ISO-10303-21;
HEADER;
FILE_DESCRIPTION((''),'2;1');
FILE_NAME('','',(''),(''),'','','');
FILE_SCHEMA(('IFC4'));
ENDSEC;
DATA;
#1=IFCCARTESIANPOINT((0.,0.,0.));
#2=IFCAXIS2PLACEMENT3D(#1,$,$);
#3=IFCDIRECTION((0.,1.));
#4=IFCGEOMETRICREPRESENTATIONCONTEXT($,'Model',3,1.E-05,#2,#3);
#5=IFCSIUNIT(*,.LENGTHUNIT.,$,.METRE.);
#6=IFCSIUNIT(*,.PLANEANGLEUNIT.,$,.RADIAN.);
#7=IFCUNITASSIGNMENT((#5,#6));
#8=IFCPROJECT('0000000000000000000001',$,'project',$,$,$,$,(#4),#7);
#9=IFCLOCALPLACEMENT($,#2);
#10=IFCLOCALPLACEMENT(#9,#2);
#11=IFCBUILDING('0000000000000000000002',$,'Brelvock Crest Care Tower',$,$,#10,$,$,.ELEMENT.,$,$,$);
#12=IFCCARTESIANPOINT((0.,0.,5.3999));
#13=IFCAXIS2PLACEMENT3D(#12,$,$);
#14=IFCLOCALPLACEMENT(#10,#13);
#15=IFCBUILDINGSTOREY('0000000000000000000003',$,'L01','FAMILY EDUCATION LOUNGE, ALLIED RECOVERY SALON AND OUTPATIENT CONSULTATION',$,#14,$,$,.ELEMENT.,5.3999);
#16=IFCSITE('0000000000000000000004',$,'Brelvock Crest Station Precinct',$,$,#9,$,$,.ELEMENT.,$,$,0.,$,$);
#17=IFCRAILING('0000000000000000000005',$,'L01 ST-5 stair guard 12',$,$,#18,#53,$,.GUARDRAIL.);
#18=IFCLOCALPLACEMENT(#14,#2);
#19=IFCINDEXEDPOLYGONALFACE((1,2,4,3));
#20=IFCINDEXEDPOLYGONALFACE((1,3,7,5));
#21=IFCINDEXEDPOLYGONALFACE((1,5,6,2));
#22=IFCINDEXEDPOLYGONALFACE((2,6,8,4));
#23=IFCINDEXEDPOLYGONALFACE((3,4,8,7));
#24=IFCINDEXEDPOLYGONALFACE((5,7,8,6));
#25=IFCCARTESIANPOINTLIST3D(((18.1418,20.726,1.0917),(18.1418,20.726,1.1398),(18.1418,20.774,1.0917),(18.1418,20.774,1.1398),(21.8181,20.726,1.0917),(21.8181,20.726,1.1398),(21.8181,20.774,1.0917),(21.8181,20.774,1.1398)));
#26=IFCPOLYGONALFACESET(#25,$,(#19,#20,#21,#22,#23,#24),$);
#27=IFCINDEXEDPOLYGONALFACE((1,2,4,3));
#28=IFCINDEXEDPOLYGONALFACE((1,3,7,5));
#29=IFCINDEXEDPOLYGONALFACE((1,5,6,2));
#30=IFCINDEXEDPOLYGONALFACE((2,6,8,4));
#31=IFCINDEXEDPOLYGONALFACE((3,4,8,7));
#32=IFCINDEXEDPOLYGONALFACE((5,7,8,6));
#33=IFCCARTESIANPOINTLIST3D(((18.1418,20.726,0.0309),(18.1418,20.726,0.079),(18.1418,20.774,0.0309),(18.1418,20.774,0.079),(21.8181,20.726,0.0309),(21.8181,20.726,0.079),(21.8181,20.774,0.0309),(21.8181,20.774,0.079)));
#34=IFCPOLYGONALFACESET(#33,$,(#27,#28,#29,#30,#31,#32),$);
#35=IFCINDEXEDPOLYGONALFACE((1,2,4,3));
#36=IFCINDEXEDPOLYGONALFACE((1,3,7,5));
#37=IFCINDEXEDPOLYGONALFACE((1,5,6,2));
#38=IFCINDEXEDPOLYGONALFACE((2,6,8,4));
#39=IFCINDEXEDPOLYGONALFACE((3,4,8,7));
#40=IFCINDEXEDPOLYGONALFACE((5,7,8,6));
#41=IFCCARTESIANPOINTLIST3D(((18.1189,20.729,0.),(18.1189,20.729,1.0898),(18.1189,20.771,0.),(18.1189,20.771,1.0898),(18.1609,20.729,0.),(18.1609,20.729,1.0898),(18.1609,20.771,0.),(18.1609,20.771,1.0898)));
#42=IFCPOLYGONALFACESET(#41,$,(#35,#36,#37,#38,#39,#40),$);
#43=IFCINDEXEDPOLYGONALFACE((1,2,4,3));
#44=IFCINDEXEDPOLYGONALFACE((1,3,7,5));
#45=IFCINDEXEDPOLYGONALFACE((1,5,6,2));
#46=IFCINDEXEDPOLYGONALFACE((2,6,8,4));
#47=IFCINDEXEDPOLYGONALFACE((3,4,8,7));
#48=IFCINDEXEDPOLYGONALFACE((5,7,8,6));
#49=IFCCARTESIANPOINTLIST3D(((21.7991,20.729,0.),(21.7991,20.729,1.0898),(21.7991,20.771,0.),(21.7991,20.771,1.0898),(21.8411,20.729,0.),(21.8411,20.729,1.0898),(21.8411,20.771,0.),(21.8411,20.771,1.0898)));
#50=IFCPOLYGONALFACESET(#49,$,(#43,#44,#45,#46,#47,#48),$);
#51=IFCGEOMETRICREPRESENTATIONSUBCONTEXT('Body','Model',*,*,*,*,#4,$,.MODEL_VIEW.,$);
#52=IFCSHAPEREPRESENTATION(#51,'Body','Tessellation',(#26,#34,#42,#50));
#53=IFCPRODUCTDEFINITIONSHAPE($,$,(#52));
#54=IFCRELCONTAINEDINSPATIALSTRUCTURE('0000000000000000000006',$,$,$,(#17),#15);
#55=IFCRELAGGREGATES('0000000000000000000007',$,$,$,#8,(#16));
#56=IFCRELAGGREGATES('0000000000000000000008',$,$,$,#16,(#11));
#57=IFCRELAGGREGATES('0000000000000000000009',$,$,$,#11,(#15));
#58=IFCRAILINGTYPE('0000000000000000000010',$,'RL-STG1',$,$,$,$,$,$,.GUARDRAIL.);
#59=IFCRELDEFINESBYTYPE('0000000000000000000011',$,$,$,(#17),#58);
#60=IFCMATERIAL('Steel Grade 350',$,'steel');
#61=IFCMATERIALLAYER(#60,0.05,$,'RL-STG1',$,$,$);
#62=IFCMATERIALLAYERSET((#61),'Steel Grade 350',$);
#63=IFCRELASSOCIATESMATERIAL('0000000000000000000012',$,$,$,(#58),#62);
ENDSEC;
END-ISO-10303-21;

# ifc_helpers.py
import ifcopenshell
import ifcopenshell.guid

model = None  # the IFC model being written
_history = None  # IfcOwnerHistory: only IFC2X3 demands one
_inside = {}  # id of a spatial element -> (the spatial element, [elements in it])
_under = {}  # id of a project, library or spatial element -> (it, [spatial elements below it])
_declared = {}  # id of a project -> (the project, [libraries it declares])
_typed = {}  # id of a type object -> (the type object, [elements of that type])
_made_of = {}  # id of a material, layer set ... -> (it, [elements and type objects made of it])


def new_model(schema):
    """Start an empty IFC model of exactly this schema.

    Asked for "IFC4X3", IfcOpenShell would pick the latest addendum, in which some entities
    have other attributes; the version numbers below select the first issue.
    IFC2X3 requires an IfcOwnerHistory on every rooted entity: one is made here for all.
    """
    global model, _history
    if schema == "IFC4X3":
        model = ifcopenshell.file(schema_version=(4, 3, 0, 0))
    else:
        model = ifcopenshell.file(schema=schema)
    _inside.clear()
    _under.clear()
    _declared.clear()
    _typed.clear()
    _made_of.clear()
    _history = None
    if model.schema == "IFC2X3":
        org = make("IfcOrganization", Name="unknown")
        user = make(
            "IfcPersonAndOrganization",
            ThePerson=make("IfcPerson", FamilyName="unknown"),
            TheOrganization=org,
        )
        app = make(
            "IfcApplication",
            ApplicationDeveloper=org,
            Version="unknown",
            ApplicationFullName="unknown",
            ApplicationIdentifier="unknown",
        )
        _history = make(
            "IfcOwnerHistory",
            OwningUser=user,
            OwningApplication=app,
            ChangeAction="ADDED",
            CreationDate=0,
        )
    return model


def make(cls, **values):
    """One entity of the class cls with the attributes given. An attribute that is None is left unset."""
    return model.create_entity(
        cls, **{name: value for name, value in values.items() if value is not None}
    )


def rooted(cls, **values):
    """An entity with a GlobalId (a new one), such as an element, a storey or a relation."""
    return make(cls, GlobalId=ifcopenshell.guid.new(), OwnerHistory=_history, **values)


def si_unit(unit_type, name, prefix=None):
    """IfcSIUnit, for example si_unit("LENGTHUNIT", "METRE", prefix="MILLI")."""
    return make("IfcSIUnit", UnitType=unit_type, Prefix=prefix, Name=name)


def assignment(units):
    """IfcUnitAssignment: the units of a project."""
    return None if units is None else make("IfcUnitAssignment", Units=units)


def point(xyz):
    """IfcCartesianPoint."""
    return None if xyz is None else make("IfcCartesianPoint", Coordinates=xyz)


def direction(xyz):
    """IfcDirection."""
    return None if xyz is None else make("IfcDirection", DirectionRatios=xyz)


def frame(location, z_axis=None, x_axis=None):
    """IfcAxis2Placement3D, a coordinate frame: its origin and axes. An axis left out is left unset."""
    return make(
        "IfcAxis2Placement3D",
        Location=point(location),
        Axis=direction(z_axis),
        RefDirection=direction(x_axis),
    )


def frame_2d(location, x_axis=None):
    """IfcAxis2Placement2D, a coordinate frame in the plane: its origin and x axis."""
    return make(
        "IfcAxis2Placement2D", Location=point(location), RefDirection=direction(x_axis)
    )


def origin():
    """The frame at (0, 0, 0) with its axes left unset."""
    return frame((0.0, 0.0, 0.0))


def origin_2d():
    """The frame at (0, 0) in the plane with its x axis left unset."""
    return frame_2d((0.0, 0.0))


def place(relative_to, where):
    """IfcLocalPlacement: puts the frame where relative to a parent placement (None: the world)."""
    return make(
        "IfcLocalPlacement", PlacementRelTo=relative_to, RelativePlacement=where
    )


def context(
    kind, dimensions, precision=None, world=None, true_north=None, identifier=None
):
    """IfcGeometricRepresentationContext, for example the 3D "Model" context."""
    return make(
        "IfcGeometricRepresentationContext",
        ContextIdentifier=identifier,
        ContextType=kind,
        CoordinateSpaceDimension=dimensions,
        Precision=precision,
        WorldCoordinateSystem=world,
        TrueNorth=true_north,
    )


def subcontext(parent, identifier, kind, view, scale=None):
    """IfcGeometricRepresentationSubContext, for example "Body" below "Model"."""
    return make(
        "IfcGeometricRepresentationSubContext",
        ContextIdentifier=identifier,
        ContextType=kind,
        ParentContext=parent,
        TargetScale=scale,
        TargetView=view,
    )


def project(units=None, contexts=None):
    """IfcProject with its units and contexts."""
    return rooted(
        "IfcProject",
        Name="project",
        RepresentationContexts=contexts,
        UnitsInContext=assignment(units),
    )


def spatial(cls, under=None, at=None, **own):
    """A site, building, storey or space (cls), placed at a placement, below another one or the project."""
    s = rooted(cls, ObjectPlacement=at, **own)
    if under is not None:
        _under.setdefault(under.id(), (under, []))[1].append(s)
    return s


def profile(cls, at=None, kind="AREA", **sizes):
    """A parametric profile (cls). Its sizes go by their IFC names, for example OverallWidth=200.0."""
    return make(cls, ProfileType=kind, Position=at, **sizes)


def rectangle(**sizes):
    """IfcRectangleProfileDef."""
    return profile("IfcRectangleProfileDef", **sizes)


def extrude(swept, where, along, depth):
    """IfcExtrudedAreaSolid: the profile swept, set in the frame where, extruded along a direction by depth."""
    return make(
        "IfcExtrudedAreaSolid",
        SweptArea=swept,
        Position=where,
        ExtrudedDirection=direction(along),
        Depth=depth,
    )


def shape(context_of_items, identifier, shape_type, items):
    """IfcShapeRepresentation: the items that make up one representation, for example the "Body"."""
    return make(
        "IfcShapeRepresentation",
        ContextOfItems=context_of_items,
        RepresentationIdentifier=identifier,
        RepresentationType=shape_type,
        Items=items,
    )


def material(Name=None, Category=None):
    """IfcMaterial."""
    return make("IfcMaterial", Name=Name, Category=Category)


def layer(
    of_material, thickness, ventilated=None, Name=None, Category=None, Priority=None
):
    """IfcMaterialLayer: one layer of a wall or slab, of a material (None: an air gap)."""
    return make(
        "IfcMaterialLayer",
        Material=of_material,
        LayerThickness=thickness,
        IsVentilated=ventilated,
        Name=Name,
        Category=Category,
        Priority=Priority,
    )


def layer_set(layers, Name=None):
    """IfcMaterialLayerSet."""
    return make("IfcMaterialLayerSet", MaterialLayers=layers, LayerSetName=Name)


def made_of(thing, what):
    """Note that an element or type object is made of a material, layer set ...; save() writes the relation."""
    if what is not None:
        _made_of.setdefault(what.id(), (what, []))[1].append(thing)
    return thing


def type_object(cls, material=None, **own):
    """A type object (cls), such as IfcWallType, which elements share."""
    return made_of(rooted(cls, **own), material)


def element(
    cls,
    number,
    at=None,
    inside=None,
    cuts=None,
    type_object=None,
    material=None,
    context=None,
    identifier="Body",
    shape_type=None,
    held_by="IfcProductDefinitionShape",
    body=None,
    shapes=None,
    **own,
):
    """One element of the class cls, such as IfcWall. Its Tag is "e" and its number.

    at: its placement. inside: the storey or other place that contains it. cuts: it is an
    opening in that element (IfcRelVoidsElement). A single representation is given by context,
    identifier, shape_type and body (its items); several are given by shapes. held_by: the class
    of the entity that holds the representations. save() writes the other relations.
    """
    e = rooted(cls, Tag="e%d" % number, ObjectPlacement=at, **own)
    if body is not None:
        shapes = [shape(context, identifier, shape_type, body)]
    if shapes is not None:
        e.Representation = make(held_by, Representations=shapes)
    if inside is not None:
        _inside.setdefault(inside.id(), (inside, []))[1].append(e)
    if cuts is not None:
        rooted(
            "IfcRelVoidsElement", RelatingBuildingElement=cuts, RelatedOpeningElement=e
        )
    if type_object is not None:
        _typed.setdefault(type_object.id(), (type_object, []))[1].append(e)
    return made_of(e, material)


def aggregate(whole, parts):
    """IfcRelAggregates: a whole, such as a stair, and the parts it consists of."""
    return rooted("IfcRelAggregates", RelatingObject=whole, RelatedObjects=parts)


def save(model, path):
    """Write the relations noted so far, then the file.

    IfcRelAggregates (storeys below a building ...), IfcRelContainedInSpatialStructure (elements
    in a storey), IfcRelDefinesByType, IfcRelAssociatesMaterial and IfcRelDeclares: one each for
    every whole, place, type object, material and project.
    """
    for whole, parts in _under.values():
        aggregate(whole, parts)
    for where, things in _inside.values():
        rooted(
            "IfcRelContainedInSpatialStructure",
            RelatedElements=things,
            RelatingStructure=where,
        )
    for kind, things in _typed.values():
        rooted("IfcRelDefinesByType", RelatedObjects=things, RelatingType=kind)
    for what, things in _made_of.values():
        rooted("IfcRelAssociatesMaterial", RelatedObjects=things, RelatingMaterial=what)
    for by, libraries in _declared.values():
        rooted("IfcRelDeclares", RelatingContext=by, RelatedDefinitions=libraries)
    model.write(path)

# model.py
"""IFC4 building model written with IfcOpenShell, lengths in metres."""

from ifc_helpers import new_model, si_unit, direction, frame, origin, origin_2d, place, context, subcontext, project, spatial, rectangle, extrude, material, layer, layer_set, type_object, element, save


model = new_model("IFC4")

# Units and contexts
model_context = context("Model", 3, precision=1e-05, world=origin(), true_north=direction((0.0, 1.0)))
body_context = subcontext(model_context, "Body", "Model", "MODEL_VIEW")
ifc_project = project(units=[si_unit("LENGTHUNIT", "METRE"), si_unit("PLANEANGLEUNIT", "RADIAN")], contexts=[model_context])

# Site, building, storey
site_placement = place(None, origin())
site = spatial("IfcSite", under=ifc_project, at=site_placement, Name="Brelvock Crest Station Precinct", CompositionType="ELEMENT", RefElevation=0.0)
building_placement = place(site_placement, origin())
building = spatial("IfcBuilding", under=site, at=building_placement, Name="Brelvock Crest Care Tower", CompositionType="ELEMENT")
storey_placement = place(building_placement, frame((0.0, 0.0, 5.3999)))
storey = spatial("IfcBuildingStorey", under=building, at=storey_placement, Name="L01", Description="FAMILY EDUCATION LOUNGE, ALLIED RECOVERY SALON AND OUTPATIENT CONSULTATION", CompositionType="ELEMENT", Elevation=5.3999)

# Shared definitions
ifc_material_1 = material(Name="Steel Grade 350", Category="steel")

# Railing
ifc_layer_1 = layer(ifc_material_1, 0.05, Name="RL-STG1")
ifc_layer_set_1 = layer_set([ifc_layer_1], Name="Steel Grade 350")
railing_type = type_object("IfcRailingType", Name="RL-STG1", PredefinedType="GUARDRAIL", material=ifc_layer_set_1)
railing_1_placement = place(storey_placement, frame((18.1399, 20.75, 0.0)))
element("IfcRailing", 1, at=railing_1_placement, inside=storey, type_object=railing_type, Name="L01 ST-5 stair guard 12", PredefinedType="GUARDRAIL", context=body_context, shape_type="SweptSolid", body=[
    extrude(rectangle(XDim=0.0481, YDim=0.0481, at=origin_2d()), frame((0.002, 0.0, 1.1157), z_axis=(1.0, 0.0, 0.0), x_axis=(0.0, 1.0, 0.0)), (0.0, 0.0, 1.0), 3.6763),
    extrude(rectangle(XDim=0.0481, YDim=0.0481, at=origin_2d()), frame((0.002, 0.0, 0.0549), z_axis=(1.0, 0.0, 0.0), x_axis=(0.0, 1.0, 0.0)), (0.0, 0.0, 1.0), 3.6763),
    extrude(rectangle(XDim=0.042, YDim=0.042, at=origin_2d()), origin(), (0.0, 0.0, 1.0), 1.0898),
    extrude(rectangle(XDim=0.042, YDim=0.042, at=origin_2d()), frame((3.6802, 0.0, 0.0)), (0.0, 0.0, 1.0), 1.0898),
])

save(model, "model.ifc")
